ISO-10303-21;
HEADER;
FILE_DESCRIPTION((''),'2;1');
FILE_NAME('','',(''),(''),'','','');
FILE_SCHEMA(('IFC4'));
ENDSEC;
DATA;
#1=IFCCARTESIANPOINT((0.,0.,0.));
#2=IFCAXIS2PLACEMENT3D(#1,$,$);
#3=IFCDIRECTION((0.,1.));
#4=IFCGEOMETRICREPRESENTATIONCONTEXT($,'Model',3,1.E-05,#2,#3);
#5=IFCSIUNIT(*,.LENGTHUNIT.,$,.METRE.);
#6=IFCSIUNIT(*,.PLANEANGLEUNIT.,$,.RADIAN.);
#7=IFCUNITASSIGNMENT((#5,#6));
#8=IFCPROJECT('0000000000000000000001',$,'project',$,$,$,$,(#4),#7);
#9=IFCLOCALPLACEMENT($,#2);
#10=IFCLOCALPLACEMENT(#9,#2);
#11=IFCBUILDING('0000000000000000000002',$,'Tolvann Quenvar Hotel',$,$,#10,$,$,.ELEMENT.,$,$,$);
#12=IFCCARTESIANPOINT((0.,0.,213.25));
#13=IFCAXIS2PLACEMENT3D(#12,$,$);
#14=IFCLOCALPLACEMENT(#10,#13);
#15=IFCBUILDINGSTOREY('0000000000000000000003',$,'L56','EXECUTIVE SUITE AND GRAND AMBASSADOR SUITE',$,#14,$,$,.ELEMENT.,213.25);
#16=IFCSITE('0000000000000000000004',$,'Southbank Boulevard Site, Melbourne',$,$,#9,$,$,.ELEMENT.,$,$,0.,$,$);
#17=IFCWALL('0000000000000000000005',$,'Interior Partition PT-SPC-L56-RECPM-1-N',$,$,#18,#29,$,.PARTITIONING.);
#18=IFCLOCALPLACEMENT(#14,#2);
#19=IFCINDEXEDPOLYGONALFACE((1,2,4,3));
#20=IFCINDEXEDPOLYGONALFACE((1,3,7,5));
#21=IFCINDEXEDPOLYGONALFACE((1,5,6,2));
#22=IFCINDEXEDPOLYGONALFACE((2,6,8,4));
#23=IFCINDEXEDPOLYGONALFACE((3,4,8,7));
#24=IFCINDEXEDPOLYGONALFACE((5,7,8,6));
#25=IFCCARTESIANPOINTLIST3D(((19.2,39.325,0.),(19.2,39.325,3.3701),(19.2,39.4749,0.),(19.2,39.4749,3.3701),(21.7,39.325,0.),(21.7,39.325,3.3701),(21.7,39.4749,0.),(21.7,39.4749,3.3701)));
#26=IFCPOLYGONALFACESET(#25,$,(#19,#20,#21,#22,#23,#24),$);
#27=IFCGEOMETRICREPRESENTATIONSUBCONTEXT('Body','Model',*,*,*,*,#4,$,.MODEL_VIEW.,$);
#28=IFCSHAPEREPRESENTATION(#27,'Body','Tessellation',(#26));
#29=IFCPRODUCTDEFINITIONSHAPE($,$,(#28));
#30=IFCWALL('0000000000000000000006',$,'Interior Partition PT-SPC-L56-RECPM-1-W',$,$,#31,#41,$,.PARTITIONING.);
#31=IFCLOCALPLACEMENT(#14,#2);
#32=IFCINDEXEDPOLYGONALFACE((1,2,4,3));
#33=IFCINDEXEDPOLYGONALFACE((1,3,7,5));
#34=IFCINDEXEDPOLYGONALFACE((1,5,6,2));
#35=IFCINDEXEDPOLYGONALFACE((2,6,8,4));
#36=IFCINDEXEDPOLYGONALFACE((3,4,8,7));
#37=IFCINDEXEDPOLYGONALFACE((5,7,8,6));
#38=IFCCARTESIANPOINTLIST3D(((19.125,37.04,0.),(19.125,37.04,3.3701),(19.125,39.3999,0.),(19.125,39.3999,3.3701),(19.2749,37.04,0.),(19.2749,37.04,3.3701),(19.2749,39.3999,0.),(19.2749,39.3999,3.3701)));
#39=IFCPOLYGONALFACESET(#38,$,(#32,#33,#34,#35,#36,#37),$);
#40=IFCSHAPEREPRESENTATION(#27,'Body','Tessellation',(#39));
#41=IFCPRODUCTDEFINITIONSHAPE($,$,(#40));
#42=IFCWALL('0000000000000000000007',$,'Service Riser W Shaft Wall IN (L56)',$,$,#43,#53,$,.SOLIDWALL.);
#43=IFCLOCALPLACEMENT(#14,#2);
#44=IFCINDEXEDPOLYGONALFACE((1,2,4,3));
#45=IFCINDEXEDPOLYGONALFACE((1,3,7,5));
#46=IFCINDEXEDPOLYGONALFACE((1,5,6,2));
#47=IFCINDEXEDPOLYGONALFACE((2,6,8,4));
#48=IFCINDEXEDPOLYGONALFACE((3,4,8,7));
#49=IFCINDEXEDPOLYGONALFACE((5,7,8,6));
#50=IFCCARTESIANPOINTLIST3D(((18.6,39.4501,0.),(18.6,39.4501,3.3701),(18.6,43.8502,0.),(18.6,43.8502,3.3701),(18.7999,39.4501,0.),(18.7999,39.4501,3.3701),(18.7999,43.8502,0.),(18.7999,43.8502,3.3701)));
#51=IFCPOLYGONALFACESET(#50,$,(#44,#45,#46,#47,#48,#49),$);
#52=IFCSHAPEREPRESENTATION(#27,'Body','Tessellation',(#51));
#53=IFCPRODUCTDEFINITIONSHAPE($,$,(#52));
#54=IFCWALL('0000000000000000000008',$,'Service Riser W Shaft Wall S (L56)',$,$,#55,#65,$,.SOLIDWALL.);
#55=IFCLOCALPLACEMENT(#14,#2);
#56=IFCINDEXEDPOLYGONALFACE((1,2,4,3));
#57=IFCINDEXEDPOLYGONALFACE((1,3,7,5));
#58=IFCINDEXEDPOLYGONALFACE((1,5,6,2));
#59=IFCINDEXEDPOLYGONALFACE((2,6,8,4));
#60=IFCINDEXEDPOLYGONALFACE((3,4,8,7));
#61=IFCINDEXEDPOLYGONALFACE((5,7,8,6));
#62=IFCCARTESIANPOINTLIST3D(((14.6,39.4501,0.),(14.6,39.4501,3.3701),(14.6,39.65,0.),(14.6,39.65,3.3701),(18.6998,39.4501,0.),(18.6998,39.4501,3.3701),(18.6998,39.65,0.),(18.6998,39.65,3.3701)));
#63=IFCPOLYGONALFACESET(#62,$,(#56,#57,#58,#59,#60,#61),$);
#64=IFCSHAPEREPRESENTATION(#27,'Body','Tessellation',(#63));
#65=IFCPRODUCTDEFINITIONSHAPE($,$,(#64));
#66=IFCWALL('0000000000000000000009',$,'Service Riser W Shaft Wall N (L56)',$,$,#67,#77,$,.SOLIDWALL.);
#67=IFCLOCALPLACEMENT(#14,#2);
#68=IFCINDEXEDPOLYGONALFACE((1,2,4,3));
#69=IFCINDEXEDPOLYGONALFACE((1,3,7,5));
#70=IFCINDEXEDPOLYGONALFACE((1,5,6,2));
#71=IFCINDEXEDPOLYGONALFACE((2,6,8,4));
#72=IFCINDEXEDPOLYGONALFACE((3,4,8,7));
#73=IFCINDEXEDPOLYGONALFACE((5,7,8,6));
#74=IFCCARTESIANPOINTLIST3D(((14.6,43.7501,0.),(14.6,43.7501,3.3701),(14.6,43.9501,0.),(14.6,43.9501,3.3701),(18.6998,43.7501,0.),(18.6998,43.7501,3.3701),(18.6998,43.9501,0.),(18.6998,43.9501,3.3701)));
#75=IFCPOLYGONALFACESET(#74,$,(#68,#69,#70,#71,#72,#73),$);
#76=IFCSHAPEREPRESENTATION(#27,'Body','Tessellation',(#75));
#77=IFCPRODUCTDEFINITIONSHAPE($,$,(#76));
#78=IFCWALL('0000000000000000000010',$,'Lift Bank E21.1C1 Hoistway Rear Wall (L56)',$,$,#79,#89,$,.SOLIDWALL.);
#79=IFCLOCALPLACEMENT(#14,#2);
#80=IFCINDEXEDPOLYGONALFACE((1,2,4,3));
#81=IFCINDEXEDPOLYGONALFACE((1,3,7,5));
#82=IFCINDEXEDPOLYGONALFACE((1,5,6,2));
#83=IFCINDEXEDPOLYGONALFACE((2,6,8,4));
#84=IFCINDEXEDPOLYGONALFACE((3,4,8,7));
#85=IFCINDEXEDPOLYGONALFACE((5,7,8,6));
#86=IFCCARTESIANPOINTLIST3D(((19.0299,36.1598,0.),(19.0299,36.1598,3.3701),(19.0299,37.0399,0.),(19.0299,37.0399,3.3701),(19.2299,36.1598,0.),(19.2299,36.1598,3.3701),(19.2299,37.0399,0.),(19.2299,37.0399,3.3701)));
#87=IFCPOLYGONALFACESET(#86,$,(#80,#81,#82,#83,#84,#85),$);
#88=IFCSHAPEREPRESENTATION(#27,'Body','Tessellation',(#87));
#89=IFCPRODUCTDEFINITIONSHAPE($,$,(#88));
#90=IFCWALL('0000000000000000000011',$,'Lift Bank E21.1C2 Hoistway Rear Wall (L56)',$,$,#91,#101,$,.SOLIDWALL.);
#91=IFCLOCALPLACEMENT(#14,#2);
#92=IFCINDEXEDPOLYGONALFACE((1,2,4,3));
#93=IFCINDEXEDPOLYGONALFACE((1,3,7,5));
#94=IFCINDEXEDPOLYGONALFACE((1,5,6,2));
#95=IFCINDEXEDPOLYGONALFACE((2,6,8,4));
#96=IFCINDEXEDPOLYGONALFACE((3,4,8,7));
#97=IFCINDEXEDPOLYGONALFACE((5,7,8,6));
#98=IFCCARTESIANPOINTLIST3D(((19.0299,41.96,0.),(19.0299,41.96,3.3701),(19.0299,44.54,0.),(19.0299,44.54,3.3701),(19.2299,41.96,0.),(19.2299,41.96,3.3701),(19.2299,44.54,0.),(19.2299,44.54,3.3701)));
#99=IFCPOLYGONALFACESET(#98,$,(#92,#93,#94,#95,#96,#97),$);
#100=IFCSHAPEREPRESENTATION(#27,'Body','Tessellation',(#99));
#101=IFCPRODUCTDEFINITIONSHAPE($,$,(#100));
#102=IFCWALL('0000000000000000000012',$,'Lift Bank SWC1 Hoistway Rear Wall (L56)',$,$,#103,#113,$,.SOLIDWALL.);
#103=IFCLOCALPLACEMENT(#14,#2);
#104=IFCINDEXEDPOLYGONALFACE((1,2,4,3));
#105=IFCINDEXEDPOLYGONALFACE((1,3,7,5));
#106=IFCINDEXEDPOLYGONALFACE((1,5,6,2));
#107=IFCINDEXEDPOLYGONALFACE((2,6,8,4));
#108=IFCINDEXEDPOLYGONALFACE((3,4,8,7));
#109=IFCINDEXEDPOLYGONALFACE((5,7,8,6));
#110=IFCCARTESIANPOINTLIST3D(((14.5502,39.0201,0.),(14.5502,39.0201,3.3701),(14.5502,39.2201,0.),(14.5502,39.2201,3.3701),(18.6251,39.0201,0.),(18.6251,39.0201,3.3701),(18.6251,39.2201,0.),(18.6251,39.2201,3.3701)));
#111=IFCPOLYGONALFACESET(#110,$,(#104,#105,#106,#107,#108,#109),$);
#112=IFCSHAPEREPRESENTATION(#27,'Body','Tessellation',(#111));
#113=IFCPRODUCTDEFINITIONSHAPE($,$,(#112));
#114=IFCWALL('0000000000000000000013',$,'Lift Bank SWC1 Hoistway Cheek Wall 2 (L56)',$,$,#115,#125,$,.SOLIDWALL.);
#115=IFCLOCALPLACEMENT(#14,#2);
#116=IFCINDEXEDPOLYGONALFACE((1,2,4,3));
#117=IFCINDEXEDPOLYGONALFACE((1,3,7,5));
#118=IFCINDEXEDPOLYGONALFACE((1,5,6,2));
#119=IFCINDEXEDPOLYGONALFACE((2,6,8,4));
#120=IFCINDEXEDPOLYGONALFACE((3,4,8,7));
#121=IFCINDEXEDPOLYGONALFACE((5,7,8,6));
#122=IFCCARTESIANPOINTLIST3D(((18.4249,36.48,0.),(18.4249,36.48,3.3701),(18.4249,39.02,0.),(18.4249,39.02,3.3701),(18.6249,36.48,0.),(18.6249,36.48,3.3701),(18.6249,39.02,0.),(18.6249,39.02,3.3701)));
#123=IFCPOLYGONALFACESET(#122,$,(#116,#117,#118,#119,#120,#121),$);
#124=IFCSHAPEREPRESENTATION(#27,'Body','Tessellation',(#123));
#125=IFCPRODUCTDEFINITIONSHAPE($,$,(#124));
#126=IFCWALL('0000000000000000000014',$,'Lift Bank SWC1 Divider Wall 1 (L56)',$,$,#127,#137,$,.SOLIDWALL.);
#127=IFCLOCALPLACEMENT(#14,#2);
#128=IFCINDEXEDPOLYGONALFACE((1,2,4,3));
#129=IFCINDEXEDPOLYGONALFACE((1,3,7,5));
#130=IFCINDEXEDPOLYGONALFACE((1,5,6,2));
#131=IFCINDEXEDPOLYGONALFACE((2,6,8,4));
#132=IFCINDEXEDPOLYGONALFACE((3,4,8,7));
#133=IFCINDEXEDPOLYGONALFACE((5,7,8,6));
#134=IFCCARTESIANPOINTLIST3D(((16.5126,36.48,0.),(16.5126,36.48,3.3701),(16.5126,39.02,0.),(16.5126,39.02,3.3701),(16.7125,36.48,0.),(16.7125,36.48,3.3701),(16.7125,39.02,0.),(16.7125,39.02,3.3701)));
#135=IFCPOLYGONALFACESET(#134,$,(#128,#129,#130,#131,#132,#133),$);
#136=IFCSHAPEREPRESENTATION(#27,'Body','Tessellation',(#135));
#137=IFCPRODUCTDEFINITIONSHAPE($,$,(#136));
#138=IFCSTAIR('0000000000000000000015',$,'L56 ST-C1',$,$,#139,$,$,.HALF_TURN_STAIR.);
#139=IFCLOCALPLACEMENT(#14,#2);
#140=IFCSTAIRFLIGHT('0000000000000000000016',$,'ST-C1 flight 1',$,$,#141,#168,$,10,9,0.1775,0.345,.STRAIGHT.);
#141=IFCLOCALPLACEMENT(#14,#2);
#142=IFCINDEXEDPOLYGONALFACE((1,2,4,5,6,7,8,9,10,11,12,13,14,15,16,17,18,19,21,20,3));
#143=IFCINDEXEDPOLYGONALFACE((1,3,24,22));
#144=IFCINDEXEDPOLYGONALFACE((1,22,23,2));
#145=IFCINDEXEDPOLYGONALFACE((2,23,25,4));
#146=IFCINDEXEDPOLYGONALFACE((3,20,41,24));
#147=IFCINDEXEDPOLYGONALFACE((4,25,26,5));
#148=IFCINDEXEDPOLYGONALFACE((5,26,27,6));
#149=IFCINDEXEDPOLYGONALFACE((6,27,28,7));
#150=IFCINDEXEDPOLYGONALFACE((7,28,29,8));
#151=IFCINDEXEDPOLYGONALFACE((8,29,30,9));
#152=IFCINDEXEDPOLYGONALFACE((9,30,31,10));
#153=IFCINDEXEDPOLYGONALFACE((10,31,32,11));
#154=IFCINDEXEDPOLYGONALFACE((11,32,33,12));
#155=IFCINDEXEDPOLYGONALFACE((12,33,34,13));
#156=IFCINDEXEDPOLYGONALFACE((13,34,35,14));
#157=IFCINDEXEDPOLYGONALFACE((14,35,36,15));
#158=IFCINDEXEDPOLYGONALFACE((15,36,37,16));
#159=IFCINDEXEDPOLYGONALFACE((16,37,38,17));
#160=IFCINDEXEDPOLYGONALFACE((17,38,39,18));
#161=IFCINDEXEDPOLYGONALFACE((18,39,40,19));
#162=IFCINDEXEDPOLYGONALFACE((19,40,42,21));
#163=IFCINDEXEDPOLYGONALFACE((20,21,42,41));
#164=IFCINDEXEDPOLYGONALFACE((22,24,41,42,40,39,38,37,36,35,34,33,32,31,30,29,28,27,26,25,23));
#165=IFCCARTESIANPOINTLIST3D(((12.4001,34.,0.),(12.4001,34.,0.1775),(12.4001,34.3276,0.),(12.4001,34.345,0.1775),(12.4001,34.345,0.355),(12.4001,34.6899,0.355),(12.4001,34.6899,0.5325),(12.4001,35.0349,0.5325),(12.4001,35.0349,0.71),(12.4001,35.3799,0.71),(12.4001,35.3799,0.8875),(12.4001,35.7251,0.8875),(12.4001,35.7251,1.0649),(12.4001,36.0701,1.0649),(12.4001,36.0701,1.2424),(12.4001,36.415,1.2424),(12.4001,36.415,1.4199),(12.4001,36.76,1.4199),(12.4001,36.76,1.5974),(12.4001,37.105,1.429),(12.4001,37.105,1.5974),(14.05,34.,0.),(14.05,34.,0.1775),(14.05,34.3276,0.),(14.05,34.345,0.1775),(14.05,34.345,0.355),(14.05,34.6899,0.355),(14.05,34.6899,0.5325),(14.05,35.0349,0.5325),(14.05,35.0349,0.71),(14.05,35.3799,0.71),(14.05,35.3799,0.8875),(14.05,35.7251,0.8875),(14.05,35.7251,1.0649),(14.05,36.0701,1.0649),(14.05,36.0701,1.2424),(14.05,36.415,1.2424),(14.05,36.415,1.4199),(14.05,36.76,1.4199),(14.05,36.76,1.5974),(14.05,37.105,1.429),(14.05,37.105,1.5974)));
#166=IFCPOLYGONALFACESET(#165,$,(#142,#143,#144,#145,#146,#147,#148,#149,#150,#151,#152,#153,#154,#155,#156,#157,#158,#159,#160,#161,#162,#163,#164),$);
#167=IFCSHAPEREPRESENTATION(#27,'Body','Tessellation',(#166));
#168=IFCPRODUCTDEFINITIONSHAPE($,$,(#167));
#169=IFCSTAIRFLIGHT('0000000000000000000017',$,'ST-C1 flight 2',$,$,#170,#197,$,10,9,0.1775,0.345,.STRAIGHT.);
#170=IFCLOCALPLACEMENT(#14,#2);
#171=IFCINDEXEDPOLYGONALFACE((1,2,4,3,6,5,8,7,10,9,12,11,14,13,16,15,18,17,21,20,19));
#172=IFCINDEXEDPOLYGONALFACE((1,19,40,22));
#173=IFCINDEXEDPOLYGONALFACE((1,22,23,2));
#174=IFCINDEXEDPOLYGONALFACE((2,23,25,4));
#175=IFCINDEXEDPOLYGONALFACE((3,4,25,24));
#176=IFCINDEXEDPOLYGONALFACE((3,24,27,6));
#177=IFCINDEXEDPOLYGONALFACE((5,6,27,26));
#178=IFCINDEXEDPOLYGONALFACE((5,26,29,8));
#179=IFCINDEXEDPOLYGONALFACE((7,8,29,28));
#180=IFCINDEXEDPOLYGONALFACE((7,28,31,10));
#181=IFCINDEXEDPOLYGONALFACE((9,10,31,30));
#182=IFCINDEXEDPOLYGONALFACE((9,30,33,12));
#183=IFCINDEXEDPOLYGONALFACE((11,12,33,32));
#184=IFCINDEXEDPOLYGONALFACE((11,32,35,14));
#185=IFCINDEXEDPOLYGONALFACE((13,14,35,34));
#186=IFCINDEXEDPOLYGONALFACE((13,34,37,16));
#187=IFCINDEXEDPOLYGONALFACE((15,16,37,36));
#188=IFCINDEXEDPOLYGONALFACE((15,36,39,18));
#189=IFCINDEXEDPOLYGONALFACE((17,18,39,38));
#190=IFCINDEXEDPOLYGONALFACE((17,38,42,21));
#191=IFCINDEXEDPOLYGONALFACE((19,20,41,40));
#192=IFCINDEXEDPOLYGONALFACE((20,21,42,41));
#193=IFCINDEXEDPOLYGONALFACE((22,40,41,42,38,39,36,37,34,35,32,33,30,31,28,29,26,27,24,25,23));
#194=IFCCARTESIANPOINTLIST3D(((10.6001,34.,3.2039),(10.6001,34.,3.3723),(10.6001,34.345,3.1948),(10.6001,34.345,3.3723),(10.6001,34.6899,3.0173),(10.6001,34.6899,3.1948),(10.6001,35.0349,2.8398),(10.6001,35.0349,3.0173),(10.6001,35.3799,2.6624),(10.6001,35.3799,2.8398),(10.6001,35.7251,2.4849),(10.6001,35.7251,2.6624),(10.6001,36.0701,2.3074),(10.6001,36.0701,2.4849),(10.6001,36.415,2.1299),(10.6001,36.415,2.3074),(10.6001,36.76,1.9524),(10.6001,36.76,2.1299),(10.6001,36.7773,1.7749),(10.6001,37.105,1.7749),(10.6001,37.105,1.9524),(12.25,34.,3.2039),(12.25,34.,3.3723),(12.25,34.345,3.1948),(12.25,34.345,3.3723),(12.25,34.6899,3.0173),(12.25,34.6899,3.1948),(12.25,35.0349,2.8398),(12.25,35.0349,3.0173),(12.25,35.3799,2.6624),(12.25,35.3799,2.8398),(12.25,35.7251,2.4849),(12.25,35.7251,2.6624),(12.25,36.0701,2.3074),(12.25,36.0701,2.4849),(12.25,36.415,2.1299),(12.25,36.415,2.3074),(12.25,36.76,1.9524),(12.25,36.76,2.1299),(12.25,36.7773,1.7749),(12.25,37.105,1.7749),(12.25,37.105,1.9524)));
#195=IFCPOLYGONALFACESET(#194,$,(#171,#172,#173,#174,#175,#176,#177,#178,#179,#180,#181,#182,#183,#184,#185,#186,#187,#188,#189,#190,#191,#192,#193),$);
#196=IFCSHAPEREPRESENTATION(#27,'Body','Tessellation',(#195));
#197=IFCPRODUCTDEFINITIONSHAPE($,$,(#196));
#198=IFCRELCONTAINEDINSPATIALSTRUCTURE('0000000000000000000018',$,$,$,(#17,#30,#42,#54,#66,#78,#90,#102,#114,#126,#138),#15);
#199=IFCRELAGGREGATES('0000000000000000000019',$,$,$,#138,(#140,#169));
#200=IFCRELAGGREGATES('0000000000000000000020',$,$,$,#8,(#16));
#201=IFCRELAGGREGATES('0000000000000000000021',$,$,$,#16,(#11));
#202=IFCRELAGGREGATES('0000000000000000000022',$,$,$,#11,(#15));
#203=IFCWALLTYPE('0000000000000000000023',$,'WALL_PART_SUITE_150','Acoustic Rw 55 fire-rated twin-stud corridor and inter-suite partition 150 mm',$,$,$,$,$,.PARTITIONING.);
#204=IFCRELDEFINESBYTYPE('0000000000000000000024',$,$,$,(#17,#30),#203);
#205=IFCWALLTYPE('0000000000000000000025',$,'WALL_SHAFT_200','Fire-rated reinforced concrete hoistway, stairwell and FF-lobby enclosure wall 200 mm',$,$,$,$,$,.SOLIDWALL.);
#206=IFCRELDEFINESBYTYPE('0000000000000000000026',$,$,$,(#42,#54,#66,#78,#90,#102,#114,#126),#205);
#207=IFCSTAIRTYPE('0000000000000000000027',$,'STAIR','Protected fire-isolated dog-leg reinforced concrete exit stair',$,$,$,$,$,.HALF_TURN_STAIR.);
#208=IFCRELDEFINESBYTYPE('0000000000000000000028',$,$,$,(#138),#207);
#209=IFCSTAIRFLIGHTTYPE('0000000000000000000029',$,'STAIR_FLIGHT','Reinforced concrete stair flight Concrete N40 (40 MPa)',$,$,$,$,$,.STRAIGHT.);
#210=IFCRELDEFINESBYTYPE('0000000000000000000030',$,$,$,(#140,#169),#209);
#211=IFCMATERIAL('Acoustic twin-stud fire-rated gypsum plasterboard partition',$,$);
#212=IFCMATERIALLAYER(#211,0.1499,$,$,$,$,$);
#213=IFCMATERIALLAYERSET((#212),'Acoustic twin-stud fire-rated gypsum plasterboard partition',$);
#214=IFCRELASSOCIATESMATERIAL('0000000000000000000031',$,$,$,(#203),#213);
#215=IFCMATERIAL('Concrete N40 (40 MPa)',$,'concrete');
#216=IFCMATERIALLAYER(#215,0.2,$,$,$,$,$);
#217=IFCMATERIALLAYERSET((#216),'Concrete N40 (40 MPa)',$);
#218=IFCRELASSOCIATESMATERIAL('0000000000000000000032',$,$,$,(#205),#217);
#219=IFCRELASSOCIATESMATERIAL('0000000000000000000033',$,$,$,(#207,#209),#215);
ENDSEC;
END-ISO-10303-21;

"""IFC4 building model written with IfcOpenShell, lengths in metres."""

from ifc_helpers import new_model, si_unit, direction, frame, frame_2d, origin, place, context, subcontext, project, spatial, polyline, rectangle, outline, extrude, material, layer, layer_set, type_object, element, aggregate, save


model = new_model("IFC4")

# Units and contexts
model_context = context("Model", 3, precision=1e-05, world=origin(), true_north=direction((0.0, 1.0)))
body_context = subcontext(model_context, "Body", "Model", "MODEL_VIEW")
ifc_project = project(units=[si_unit("LENGTHUNIT", "METRE"), si_unit("PLANEANGLEUNIT", "RADIAN")], contexts=[model_context])

# Site, building, storey
site_placement = place(None, origin())
site = spatial("IfcSite", under=ifc_project, at=site_placement, Name="Southbank Boulevard Site, Melbourne", CompositionType="ELEMENT", RefElevation=0.0)
building_placement = place(site_placement, origin())
building = spatial("IfcBuilding", under=site, at=building_placement, Name="Tolvann Quenvar Hotel", CompositionType="ELEMENT")
storey_placement = place(building_placement, frame((0.0, 0.0, 213.25)))
storey = spatial("IfcBuildingStorey", under=building, at=storey_placement, Name="L56", Description="EXECUTIVE SUITE AND GRAND AMBASSADOR SUITE", CompositionType="ELEMENT", Elevation=213.25)

# Walls
ifc_material_1 = material(Name="Acoustic twin-stud fire-rated gypsum plasterboard partition")
ifc_layer_1 = layer(ifc_material_1, 0.1499)
ifc_layer_set_1 = layer_set([ifc_layer_1], Name="Acoustic twin-stud fire-rated gypsum plasterboard partition")
wall_type_1 = type_object("IfcWallType", Name="WALL_PART_SUITE_150", Description="Acoustic Rw 55 fire-rated twin-stud corridor and inter-suite partition 150 mm", PredefinedType="PARTITIONING", material=ifc_layer_set_1)
wall_1_placement = place(storey_placement, frame((19.2, 39.3999, 0.0), z_axis=(0.0, 0.0, 1.0), x_axis=(1.0, 0.0, 0.0)))
element("IfcWall", 1, at=wall_1_placement, inside=storey, type_object=wall_type_1, Name="Interior Partition PT-SPC-L56-RECPM-1-N", PredefinedType="PARTITIONING", context=body_context, shape_type="SweptSolid", body=[
    extrude(rectangle(XDim=2.5, YDim=0.1499, at=frame_2d((1.25, 0.0))), origin(), (0.0, 0.0, 1.0), 3.3701),
])
wall_2_placement = place(storey_placement, frame((19.2, 37.04, 0.0), z_axis=(0.0, 0.0, 1.0), x_axis=(0.0, 1.0, 0.0)))
element("IfcWall", 2, at=wall_2_placement, inside=storey, type_object=wall_type_1, Name="Interior Partition PT-SPC-L56-RECPM-1-W", PredefinedType="PARTITIONING", context=body_context, shape_type="SweptSolid", body=[
    extrude(rectangle(XDim=2.3599, YDim=0.1499, at=frame_2d((1.1799, 0.0))), origin(), (0.0, 0.0, 1.0), 3.3701),
])
ifc_material_2 = material(Name="Concrete N40 (40 MPa)", Category="concrete")
ifc_layer_2 = layer(ifc_material_2, 0.2)
ifc_layer_set_2 = layer_set([ifc_layer_2], Name="Concrete N40 (40 MPa)")
wall_type_2 = type_object("IfcWallType", Name="WALL_SHAFT_200", Description="Fire-rated reinforced concrete hoistway, stairwell and FF-lobby enclosure wall 200 mm", PredefinedType="SOLIDWALL", material=ifc_layer_set_2)
wall_3_placement = place(storey_placement, frame((18.7, 39.45, 0.0), z_axis=(0.0, 0.0, 1.0), x_axis=(0.0, 1.0, 0.0)))
element("IfcWall", 3, at=wall_3_placement, inside=storey, type_object=wall_type_2, Name="Service Riser W Shaft Wall IN (L56)", PredefinedType="SOLIDWALL", context=body_context, shape_type="SweptSolid", body=[
    extrude(rectangle(XDim=4.4001, YDim=0.2, at=frame_2d((2.2002, 0.0))), origin(), (0.0, 0.0, 1.0), 3.3701),
])
for number, where, z_axis, x_axis, name in (
    (4, (14.6001, 39.55, 0.0), (0.0, 0.0, 1.0), (1.0, 0.0, 0.0), "Service Riser W Shaft Wall S (L56)"),
    (5, (14.6001, 43.8501, 0.0), (0.0, 0.0, 1.0), (1.0, 0.0, 0.0), "Service Riser W Shaft Wall N (L56)"),
):
    element("IfcWall", number, at=place(storey_placement, frame(where, z_axis=z_axis, x_axis=x_axis)), inside=storey, type_object=wall_type_2, Name=name, PredefinedType="SOLIDWALL", context=body_context, shape_type="SweptSolid", body=[
        extrude(rectangle(XDim=4.0999, YDim=0.2, at=frame_2d((2.0498, 0.0))), origin(), (0.0, 0.0, 1.0), 3.3701),
    ])
wall_4_placement = place(storey_placement, frame((19.1299, 36.1599, 0.0), z_axis=(0.0, 0.0, 1.0), x_axis=(0.0, 1.0, 0.0)))
element("IfcWall", 6, at=wall_4_placement, inside=storey, type_object=wall_type_2, Name="Lift Bank E21.1C1 Hoistway Rear Wall (L56)", PredefinedType="SOLIDWALL", context=body_context, shape_type="SweptSolid", body=[
    extrude(rectangle(XDim=0.8801, YDim=0.2, at=frame_2d((0.4399, 0.0))), origin(), (0.0, 0.0, 1.0), 3.3701),
])
wall_5_placement = place(storey_placement, frame((19.1299, 41.96, 0.0), z_axis=(0.0, 0.0, 1.0), x_axis=(0.0, 1.0, 0.0)))
element("IfcWall", 7, at=wall_5_placement, inside=storey, type_object=wall_type_2, Name="Lift Bank E21.1C2 Hoistway Rear Wall (L56)", PredefinedType="SOLIDWALL", context=body_context, shape_type="SweptSolid", body=[
    extrude(rectangle(XDim=2.5801, YDim=0.2, at=frame_2d((1.29, 0.0))), origin(), (0.0, 0.0, 1.0), 3.3701),
])

# Walls
wall_6_placement = place(storey_placement, frame((14.55, 39.1201, 0.0), z_axis=(0.0, 0.0, 1.0), x_axis=(1.0, 0.0, 0.0)))
element("IfcWall", 8, at=wall_6_placement, inside=storey, type_object=wall_type_2, Name="Lift Bank SWC1 Hoistway Rear Wall (L56)", PredefinedType="SOLIDWALL", context=body_context, shape_type="SweptSolid", body=[
    extrude(rectangle(XDim=4.075, YDim=0.2, at=frame_2d((2.0376, 0.0))), origin(), (0.0, 0.0, 1.0), 3.3701),
])
for number, where, z_axis, x_axis, name in (
    (9, (18.5249, 36.48, 0.0), (0.0, 0.0, 1.0), (0.0, 1.0, 0.0), "Lift Bank SWC1 Hoistway Cheek Wall 2 (L56)"),
    (10, (16.6125, 36.48, 0.0), (0.0, 0.0, 1.0), (0.0, 1.0, 0.0), "Lift Bank SWC1 Divider Wall 1 (L56)"),
):
    element("IfcWall", number, at=place(storey_placement, frame(where, z_axis=z_axis, x_axis=x_axis)), inside=storey, type_object=wall_type_2, Name=name, PredefinedType="SOLIDWALL", context=body_context, shape_type="SweptSolid", body=[
        extrude(rectangle(XDim=2.54, YDim=0.2, at=frame_2d((1.27, 0.0))), origin(), (0.0, 0.0, 1.0), 3.3701),
    ])

# Stair, stair flights
stair_type = type_object("IfcStairType", Name="STAIR", Description="Protected fire-isolated dog-leg reinforced concrete exit stair", PredefinedType="HALF_TURN_STAIR", material=ifc_material_2)
stair_placement = place(storey_placement, origin())
stair = element("IfcStair", 11, at=stair_placement, inside=storey, type_object=stair_type, Name="L56 ST-C1", PredefinedType="HALF_TURN_STAIR")
stair_flight_type = type_object("IfcStairFlightType", Name="STAIR_FLIGHT", Description="Reinforced concrete stair flight Concrete N40 (40 MPa)", PredefinedType="STRAIGHT", material=ifc_material_2)
stair_flight_1_placement = place(storey_placement, frame((13.2251, 34.0, 0.0), z_axis=(0.0, 0.0, 1.0), x_axis=(0.0, 1.0, 0.0)))
stair_flight_1 = element("IfcStairFlight", 12, at=stair_flight_1_placement, type_object=stair_flight_type, Name="ST-C1 flight 1", NumberOfRisers=10, NumberOfTreads=9, PredefinedType="STRAIGHT", RiserHeight=0.1775, TreadLength=0.345, context=body_context, shape_type="SweptSolid", body=[
    extrude(outline(polyline([(0.0, 0.0), (0.0, 0.1775), (0.345, 0.1775), (0.345, 0.355), (0.6899, 0.355), (0.6899, 0.5325), (1.0349, 0.5325), (1.0349, 0.71), (1.3799, 0.71), (1.3799, 0.8875), (1.7251, 0.8875), (1.7251, 1.0649), (2.0701, 1.0649), (2.0701, 1.2424), (2.415, 1.2424), (2.415, 1.4199), (2.76, 1.4199), (2.76, 1.5974), (3.105, 1.5974), (3.105, 1.7749), (3.105, 1.429), (0.3276, 0.0), (0.0, 0.0)])), frame((0.0, 0.825, 0.0), z_axis=(0.0, -1.0, 0.0), x_axis=(1.0, 0.0, 0.0)), (0.0, 0.0, 1.0), 1.6499),
])
stair_flight_2_placement = place(storey_placement, frame((11.425, 37.105, 1.7749), z_axis=(0.0, 0.0, 1.0), x_axis=(0.0, -1.0, 0.0)))
stair_flight_2 = element("IfcStairFlight", 13, at=stair_flight_2_placement, type_object=stair_flight_type, Name="ST-C1 flight 2", NumberOfRisers=10, NumberOfTreads=9, PredefinedType="STRAIGHT", RiserHeight=0.1775, TreadLength=0.345, context=body_context, shape_type="SweptSolid", body=[
    extrude(outline(polyline([(0.0, 0.0), (0.0, 0.1775), (0.345, 0.1775), (0.345, 0.355), (0.6899, 0.355), (0.6899, 0.5325), (1.0349, 0.5325), (1.0349, 0.71), (1.3799, 0.71), (1.3799, 0.8875), (1.7251, 0.8875), (1.7251, 1.0649), (2.0701, 1.0649), (2.0701, 1.2424), (2.415, 1.2424), (2.415, 1.4199), (2.76, 1.4199), (2.76, 1.5974), (3.105, 1.5974), (3.105, 1.7749), (3.105, 1.429), (0.3276, 0.0), (0.0, 0.0)])), frame((0.0, 0.825, 0.0), z_axis=(0.0, -1.0, 0.0), x_axis=(1.0, 0.0, 0.0)), (0.0, 0.0, 1.0), 1.6499),
])
aggregate(stair, [stair_flight_1, stair_flight_2])

save(model, "model.ifc")
